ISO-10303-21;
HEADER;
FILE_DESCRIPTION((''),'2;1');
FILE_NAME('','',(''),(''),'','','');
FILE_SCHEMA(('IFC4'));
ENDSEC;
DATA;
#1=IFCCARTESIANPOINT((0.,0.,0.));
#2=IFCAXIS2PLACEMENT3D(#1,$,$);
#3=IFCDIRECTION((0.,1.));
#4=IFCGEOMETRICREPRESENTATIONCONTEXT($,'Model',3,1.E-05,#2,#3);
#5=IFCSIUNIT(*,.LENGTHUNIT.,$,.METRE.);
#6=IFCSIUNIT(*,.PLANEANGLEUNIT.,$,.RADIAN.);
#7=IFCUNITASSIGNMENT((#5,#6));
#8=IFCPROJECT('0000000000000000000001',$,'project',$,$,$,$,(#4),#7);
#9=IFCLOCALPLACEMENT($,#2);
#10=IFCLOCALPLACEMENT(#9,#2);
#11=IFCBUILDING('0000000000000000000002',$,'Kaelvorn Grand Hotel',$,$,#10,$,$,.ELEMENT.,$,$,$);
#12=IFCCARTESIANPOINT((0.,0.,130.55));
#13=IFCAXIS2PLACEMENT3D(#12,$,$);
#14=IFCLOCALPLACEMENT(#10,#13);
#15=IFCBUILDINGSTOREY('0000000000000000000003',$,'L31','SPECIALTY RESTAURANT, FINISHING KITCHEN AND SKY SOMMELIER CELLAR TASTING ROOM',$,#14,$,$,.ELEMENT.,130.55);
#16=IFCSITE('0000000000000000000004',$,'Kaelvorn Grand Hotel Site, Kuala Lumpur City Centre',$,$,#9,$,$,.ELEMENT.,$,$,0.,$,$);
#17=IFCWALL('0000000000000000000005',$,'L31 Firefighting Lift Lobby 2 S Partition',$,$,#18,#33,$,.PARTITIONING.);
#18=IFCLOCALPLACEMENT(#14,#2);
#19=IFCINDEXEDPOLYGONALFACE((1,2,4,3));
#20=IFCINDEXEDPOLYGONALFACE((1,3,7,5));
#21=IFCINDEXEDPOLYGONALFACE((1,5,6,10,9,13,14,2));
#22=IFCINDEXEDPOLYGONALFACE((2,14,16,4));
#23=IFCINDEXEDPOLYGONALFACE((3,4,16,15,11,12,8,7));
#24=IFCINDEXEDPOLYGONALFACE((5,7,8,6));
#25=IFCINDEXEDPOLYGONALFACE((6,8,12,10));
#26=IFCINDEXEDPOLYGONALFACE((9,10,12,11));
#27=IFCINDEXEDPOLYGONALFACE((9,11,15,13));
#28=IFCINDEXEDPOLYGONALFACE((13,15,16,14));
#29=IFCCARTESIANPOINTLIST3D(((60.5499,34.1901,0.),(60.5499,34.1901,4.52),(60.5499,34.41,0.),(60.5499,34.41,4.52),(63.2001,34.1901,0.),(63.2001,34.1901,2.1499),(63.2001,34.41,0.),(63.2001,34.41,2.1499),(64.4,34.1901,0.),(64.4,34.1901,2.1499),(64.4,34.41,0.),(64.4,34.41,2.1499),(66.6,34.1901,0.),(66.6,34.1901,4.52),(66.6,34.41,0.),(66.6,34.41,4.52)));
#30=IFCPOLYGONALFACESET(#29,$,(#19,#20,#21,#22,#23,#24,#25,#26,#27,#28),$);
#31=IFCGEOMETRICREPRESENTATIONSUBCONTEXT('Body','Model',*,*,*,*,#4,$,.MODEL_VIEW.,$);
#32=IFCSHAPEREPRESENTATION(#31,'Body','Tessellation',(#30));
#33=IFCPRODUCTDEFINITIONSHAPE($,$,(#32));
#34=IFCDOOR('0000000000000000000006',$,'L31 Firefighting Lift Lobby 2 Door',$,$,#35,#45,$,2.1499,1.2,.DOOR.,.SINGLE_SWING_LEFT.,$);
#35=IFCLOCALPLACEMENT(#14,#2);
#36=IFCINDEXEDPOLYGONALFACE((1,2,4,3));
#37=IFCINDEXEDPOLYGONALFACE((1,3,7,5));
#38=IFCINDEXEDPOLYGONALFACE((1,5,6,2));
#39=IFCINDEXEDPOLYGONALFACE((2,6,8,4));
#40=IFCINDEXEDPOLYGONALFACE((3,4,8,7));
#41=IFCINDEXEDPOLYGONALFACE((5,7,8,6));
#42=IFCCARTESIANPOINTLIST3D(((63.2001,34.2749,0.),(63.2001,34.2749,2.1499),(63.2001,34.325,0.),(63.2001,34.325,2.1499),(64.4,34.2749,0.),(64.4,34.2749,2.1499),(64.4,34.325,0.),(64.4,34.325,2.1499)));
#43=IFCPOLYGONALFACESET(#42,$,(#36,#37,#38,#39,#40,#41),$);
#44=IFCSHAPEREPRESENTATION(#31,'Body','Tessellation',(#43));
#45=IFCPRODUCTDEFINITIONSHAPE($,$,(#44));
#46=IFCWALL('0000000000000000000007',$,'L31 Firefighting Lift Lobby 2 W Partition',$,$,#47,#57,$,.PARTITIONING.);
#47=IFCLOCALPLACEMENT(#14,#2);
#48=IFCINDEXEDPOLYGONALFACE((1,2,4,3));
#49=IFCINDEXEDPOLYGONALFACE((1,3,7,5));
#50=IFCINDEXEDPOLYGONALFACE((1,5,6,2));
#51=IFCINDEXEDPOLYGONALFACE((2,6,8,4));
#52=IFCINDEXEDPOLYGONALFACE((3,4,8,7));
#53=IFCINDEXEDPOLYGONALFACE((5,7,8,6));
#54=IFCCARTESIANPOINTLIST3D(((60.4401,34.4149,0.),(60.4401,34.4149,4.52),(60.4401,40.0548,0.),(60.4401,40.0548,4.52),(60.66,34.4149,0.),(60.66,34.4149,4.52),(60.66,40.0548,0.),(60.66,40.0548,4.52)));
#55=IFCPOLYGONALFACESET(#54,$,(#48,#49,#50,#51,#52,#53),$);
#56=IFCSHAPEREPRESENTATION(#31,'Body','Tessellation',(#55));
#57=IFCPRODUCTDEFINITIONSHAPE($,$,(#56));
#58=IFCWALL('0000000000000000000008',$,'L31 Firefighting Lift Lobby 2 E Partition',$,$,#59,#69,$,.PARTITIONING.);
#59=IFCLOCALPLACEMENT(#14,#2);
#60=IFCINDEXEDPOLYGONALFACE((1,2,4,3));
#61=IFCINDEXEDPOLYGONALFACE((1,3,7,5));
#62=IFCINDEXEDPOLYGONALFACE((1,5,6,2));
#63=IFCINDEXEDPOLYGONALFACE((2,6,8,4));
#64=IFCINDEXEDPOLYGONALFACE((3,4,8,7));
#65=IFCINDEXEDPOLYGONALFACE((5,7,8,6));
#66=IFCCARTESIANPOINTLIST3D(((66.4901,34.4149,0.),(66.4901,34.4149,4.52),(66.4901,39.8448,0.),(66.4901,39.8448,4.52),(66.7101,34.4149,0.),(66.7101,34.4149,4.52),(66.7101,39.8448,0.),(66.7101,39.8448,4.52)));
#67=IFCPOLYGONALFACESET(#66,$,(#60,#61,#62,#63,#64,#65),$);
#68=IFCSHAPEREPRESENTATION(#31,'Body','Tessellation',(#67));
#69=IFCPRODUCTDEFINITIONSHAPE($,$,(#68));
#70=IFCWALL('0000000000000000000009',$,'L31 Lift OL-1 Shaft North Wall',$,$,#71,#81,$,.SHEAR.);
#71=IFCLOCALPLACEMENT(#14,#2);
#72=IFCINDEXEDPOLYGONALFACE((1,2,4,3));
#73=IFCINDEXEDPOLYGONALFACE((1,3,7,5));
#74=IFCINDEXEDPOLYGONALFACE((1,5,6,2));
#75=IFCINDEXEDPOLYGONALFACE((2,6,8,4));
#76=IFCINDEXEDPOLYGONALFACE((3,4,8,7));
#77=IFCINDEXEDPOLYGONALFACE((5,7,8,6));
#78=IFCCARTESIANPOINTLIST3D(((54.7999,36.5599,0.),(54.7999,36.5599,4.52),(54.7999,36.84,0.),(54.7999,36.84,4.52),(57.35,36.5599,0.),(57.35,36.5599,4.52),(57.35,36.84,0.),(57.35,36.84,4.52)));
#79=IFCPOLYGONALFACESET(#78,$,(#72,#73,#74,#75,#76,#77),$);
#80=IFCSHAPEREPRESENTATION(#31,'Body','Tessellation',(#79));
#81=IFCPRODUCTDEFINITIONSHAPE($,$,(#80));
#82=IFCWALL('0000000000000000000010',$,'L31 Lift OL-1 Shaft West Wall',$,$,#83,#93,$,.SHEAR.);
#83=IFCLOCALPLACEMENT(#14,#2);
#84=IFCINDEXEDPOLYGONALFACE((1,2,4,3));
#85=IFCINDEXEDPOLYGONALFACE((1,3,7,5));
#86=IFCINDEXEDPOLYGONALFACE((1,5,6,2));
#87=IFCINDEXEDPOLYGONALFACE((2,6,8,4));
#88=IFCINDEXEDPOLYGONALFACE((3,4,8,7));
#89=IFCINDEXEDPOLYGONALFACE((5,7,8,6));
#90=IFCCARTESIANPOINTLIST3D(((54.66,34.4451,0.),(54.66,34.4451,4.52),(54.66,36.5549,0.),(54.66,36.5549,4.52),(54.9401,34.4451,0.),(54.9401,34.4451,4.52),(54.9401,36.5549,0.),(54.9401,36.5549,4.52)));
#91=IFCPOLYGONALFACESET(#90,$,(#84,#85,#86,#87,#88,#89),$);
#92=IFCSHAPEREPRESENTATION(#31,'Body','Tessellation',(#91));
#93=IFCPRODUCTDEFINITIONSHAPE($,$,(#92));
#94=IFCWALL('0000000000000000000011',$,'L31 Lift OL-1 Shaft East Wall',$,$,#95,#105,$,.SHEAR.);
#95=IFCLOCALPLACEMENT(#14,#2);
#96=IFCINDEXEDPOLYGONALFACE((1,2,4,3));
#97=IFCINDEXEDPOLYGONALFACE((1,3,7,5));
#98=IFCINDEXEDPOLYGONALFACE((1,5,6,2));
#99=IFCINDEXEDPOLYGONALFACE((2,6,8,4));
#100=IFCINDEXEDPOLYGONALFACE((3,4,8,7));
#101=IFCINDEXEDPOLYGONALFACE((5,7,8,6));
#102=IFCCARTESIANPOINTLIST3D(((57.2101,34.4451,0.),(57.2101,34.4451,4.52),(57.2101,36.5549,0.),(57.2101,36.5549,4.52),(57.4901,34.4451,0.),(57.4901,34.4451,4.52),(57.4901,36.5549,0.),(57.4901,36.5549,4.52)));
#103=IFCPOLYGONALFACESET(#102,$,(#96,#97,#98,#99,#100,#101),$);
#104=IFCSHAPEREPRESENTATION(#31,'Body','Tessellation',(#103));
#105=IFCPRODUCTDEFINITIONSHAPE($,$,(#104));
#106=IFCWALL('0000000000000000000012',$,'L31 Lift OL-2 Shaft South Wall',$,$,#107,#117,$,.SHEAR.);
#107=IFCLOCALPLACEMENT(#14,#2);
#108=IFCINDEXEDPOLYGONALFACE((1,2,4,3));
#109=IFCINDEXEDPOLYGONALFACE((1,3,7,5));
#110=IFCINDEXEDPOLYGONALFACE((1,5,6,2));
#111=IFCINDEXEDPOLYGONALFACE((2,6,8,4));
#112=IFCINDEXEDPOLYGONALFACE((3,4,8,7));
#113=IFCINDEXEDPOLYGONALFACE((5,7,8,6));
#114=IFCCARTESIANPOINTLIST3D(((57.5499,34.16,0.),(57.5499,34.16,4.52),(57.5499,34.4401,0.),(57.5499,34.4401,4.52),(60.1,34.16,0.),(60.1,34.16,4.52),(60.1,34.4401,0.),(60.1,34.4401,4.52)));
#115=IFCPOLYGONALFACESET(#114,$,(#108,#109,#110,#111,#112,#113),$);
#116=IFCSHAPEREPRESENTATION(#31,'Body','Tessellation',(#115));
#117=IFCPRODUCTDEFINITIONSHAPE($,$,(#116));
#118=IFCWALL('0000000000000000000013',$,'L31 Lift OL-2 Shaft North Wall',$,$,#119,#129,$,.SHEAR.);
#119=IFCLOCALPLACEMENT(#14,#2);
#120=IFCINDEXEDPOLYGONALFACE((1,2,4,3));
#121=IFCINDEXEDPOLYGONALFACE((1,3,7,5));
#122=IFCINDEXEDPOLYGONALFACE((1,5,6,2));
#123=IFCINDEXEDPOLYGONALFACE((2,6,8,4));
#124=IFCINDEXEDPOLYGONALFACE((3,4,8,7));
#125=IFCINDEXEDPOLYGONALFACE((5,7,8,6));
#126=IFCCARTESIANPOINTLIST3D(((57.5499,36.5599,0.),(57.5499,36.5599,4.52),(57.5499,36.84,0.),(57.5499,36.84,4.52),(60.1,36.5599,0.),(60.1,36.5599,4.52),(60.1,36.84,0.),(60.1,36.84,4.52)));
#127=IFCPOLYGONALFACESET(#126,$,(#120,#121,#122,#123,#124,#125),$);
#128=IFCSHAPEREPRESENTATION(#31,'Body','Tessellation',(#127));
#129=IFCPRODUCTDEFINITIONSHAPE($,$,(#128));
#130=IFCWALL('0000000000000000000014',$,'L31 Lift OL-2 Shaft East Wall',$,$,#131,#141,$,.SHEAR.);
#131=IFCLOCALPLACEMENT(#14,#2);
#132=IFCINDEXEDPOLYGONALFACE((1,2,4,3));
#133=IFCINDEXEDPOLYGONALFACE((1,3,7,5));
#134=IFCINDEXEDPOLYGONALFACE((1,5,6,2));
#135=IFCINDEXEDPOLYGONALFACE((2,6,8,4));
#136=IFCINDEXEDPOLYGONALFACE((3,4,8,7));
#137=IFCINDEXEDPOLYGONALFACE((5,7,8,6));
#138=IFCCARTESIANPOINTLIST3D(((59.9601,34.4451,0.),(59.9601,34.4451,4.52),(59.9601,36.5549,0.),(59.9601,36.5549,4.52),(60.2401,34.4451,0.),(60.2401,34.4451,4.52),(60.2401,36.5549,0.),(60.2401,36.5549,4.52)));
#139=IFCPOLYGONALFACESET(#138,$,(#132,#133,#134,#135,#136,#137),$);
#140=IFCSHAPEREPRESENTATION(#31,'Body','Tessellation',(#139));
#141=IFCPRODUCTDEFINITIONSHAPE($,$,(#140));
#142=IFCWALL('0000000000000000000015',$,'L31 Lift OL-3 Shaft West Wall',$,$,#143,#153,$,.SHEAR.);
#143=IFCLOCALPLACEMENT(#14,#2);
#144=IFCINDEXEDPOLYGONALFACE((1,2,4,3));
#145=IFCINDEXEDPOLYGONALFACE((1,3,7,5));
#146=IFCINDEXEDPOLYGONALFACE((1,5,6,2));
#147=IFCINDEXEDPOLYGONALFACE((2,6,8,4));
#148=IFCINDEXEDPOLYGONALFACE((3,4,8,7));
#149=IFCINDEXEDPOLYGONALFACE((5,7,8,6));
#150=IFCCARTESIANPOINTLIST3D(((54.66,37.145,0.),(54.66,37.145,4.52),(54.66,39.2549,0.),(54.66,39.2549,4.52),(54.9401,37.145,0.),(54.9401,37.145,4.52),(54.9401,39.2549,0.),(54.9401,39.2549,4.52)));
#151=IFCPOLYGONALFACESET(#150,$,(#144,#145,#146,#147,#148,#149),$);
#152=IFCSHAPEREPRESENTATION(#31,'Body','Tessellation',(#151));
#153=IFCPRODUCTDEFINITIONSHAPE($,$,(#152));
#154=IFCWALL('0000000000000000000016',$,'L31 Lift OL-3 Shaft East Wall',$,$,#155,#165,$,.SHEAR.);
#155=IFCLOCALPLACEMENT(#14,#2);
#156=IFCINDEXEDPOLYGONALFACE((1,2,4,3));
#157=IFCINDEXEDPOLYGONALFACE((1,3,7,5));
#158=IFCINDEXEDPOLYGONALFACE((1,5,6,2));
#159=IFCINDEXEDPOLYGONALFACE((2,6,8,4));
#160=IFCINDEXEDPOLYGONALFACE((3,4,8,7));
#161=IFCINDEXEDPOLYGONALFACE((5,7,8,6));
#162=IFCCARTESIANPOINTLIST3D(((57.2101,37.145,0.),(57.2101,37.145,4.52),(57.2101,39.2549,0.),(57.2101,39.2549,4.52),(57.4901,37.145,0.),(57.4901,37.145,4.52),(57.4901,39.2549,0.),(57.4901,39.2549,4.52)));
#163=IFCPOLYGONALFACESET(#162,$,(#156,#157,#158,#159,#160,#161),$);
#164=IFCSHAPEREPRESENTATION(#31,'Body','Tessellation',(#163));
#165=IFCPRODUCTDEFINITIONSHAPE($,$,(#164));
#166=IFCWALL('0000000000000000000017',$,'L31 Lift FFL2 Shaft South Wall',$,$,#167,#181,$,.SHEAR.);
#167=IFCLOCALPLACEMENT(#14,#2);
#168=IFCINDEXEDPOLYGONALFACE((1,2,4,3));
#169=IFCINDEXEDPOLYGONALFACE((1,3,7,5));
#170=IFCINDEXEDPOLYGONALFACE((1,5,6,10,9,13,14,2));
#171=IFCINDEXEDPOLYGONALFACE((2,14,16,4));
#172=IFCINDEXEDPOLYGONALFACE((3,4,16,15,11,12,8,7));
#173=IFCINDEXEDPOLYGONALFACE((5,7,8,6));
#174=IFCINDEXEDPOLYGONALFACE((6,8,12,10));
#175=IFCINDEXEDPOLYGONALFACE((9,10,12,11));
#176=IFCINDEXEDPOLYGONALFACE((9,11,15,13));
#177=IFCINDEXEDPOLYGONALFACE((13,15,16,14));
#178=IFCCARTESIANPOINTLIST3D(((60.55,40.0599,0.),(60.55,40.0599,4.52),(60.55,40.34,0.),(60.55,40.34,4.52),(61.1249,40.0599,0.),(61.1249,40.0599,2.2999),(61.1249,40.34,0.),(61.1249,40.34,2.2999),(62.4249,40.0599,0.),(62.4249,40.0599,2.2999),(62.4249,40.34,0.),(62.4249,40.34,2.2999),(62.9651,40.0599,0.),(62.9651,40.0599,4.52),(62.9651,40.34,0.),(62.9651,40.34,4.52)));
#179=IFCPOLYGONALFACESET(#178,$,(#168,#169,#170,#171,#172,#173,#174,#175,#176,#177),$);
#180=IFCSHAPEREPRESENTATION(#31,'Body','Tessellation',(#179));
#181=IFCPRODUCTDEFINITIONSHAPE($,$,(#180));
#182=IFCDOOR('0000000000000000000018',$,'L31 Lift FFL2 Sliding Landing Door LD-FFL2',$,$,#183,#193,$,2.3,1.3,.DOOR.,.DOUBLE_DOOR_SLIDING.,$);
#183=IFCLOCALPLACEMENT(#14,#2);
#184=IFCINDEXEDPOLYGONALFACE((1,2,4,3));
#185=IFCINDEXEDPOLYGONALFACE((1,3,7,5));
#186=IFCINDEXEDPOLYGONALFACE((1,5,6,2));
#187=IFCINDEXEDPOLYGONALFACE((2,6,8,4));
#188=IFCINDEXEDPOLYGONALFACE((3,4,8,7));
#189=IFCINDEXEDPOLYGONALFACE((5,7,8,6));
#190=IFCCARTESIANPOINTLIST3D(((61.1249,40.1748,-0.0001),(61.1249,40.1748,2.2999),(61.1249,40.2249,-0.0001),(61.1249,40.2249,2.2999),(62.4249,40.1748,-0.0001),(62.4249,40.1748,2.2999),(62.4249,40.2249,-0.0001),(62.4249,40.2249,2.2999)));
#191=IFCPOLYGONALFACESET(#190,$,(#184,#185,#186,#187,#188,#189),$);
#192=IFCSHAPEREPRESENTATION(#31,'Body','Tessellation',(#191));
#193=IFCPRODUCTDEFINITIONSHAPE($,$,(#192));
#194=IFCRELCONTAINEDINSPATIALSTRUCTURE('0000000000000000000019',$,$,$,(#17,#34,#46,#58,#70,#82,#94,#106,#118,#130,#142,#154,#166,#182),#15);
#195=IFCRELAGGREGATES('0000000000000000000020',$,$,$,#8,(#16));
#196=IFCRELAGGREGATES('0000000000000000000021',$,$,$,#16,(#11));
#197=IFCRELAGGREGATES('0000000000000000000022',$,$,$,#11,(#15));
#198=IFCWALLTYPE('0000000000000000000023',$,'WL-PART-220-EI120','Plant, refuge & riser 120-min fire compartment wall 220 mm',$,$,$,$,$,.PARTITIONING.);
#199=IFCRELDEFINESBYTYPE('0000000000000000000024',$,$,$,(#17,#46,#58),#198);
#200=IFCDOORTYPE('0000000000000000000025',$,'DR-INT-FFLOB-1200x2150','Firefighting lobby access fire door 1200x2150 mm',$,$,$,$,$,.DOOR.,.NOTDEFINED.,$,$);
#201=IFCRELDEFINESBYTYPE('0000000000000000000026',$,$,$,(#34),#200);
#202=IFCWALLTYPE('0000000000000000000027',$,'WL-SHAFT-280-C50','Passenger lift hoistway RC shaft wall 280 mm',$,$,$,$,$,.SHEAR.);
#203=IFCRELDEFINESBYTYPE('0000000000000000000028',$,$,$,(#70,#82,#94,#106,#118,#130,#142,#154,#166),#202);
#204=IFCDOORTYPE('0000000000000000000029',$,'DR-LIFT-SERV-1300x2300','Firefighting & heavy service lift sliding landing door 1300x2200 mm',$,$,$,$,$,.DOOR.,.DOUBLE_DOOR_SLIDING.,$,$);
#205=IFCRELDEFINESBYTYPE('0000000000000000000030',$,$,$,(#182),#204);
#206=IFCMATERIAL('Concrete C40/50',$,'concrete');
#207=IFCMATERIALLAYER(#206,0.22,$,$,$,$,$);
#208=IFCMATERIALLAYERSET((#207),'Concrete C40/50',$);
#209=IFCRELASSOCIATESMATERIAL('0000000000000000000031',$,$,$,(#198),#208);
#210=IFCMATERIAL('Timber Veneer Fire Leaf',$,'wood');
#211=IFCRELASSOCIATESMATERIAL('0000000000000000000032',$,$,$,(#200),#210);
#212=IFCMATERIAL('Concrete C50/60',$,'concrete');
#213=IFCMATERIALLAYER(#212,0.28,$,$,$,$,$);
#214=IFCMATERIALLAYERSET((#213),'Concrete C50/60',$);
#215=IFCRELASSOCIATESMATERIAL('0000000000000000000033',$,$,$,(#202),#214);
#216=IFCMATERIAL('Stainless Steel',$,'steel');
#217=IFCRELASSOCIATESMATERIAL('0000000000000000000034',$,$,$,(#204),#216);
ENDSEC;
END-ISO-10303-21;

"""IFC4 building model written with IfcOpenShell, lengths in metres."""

from ifc_helpers import new_model, si_unit, direction, frame, frame_2d, origin, place, context, subcontext, project, spatial, rectangle, extrude, material, layer, layer_set, type_object, element, fill, save


model = new_model("IFC4")

# Units and contexts
model_context = context("Model", 3, precision=1e-05, world=origin(), true_north=direction((0.0, 1.0)))
body_context = subcontext(model_context, "Body", "Model", "MODEL_VIEW")
ifc_project = project(units=[si_unit("LENGTHUNIT", "METRE"), si_unit("PLANEANGLEUNIT", "RADIAN")], contexts=[model_context])

# Site, building, storey
site_placement = place(None, origin())
site = spatial("IfcSite", under=ifc_project, at=site_placement, Name="Kaelvorn Grand Hotel Site, Kuala Lumpur City Centre", CompositionType="ELEMENT", RefElevation=0.0)
building_placement = place(site_placement, origin())
building = spatial("IfcBuilding", under=site, at=building_placement, Name="Kaelvorn Grand Hotel", CompositionType="ELEMENT")
storey_placement = place(building_placement, frame((0.0, 0.0, 130.55)))
storey = spatial("IfcBuildingStorey", under=building, at=storey_placement, Name="L31", Description="SPECIALTY RESTAURANT, FINISHING KITCHEN AND SKY SOMMELIER CELLAR TASTING ROOM", CompositionType="ELEMENT", Elevation=130.55)

# Shared definitions
ifc_material_1 = material(Name="Timber Veneer Fire Leaf", Category="wood")

# Wall, opening, door
ifc_material_2 = material(Name="Concrete C40/50", Category="concrete")
ifc_layer_1 = layer(ifc_material_2, 0.22)
ifc_layer_set_1 = layer_set([ifc_layer_1], Name="Concrete C40/50")
wall_type_1 = type_object("IfcWallType", Name="WL-PART-220-EI120", Description="Plant, refuge & riser 120-min fire compartment wall 220 mm", PredefinedType="PARTITIONING", material=ifc_layer_set_1)
wall_1_placement = place(storey_placement, frame((60.55, 34.3, 0.0), z_axis=(0.0, 0.0, 1.0), x_axis=(1.0, 0.0, 0.0)))
wall_1 = element("IfcWall", 1, at=wall_1_placement, inside=storey, type_object=wall_type_1, Name="L31 Firefighting Lift Lobby 2 S Partition", PredefinedType="PARTITIONING", context=body_context, shape_type="SweptSolid", body=[
    extrude(rectangle(XDim=6.05, YDim=0.22, at=frame_2d((3.0249, 0.0))), origin(), (0.0, 0.0, 1.0), 4.52),
])
opening_1_placement = place(wall_1_placement, frame((2.6499, 0.0, 0.0)))
opening_1 = element("IfcOpeningElement", 2, at=opening_1_placement, cuts=wall_1, PredefinedType="OPENING", context=body_context, shape_type="SweptSolid", body=[
    extrude(rectangle(XDim=1.2, YDim=2.1499, at=frame_2d((0.6001, 1.075))), frame((0.0, 0.1201, 0.0), z_axis=(0.0, -1.0, 0.0), x_axis=(1.0, 0.0, 0.0)), (0.0, 0.0, 1.0), 0.24),
])
door_type_1 = type_object("IfcDoorType", Name="DR-INT-FFLOB-1200x2150", Description="Firefighting lobby access fire door 1200x2150 mm", OperationType="NOTDEFINED", PredefinedType="DOOR", material=ifc_material_1)
door_1_placement = place(opening_1_placement, origin())
door_1 = element("IfcDoor", 3, at=door_1_placement, inside=storey, type_object=door_type_1, Name="L31 Firefighting Lift Lobby 2 Door", OperationType="SINGLE_SWING_LEFT", OverallHeight=2.1499, OverallWidth=1.2, PredefinedType="DOOR", context=body_context, shape_type="SweptSolid", body=[
    extrude(rectangle(XDim=1.2, YDim=2.1499, at=frame_2d((0.6001, 1.075))), frame((0.0, 0.0249, 0.0), z_axis=(0.0, -1.0, 0.0), x_axis=(1.0, 0.0, 0.0)), (0.0, 0.0, 1.0), 0.05),
])
fill(opening_1, door_1)

# Walls
wall_2_placement = place(storey_placement, frame((60.55, 34.415, 0.0), z_axis=(0.0, 0.0, 1.0), x_axis=(0.0, 1.0, 0.0)))
element("IfcWall", 4, at=wall_2_placement, inside=storey, type_object=wall_type_1, Name="L31 Firefighting Lift Lobby 2 W Partition", PredefinedType="PARTITIONING", context=body_context, shape_type="SweptSolid", body=[
    extrude(rectangle(XDim=5.6399, YDim=0.22, at=frame_2d((2.8198, 0.0))), origin(), (0.0, 0.0, 1.0), 4.52),
])
wall_3_placement = place(storey_placement, frame((66.6001, 34.415, 0.0), z_axis=(0.0, 0.0, 1.0), x_axis=(0.0, 1.0, 0.0)))
element("IfcWall", 5, at=wall_3_placement, inside=storey, type_object=wall_type_1, Name="L31 Firefighting Lift Lobby 2 E Partition", PredefinedType="PARTITIONING", context=body_context, shape_type="SweptSolid", body=[
    extrude(rectangle(XDim=5.4299, YDim=0.22, at=frame_2d((2.7148, 0.0))), origin(), (0.0, 0.0, 1.0), 4.52),
])
ifc_material_3 = material(Name="Concrete C50/60", Category="concrete")
ifc_layer_2 = layer(ifc_material_3, 0.28)
ifc_layer_set_2 = layer_set([ifc_layer_2], Name="Concrete C50/60")
wall_type_2 = type_object("IfcWallType", Name="WL-SHAFT-280-C50", Description="Passenger lift hoistway RC shaft wall 280 mm", PredefinedType="SHEAR", material=ifc_layer_set_2)
wall_4_placement = place(storey_placement, frame((54.8, 36.7, 0.0), z_axis=(0.0, 0.0, 1.0), x_axis=(1.0, 0.0, 0.0)))
element("IfcWall", 6, at=wall_4_placement, inside=storey, type_object=wall_type_2, Name="L31 Lift OL-1 Shaft North Wall", PredefinedType="SHEAR", context=body_context, shape_type="SweptSolid", body=[
    extrude(rectangle(XDim=2.55, YDim=0.28, at=frame_2d((1.2749, 0.0))), origin(), (0.0, 0.0, 1.0), 4.52),
])
for number, where, z_axis, x_axis, name in (
    (7, (54.8, 34.4451, 0.0), (0.0, 0.0, 1.0), (0.0, 1.0, 0.0), "L31 Lift OL-1 Shaft West Wall"),
    (8, (57.3501, 34.4451, 0.0), (0.0, 0.0, 1.0), (0.0, 1.0, 0.0), "L31 Lift OL-1 Shaft East Wall"),
):
    element("IfcWall", number, at=place(storey_placement, frame(where, z_axis=z_axis, x_axis=x_axis)), inside=storey, type_object=wall_type_2, Name=name, PredefinedType="SHEAR", context=body_context, shape_type="SweptSolid", body=[
        extrude(rectangle(XDim=2.1099, YDim=0.28, at=frame_2d((1.0549, 0.0))), origin(), (0.0, 0.0, 1.0), 4.52),
    ])
for number, where, z_axis, x_axis, name in (
    (9, (57.55, 34.3, 0.0), (0.0, 0.0, 1.0), (1.0, 0.0, 0.0), "L31 Lift OL-2 Shaft South Wall"),
    (10, (57.55, 36.7, 0.0), (0.0, 0.0, 1.0), (1.0, 0.0, 0.0), "L31 Lift OL-2 Shaft North Wall"),
):
    element("IfcWall", number, at=place(storey_placement, frame(where, z_axis=z_axis, x_axis=x_axis)), inside=storey, type_object=wall_type_2, Name=name, PredefinedType="SHEAR", context=body_context, shape_type="SweptSolid", body=[
        extrude(rectangle(XDim=2.55, YDim=0.28, at=frame_2d((1.2749, 0.0))), origin(), (0.0, 0.0, 1.0), 4.52),
    ])
for number, where, z_axis, x_axis, name in (
    (11, (60.1001, 34.4451, 0.0), (0.0, 0.0, 1.0), (0.0, 1.0, 0.0), "L31 Lift OL-2 Shaft East Wall"),
    (12, (54.8, 37.145, 0.0), (0.0, 0.0, 1.0), (0.0, 1.0, 0.0), "L31 Lift OL-3 Shaft West Wall"),
    (13, (57.3501, 37.145, 0.0), (0.0, 0.0, 1.0), (0.0, 1.0, 0.0), "L31 Lift OL-3 Shaft East Wall"),
):
    element("IfcWall", number, at=place(storey_placement, frame(where, z_axis=z_axis, x_axis=x_axis)), inside=storey, type_object=wall_type_2, Name=name, PredefinedType="SHEAR", context=body_context, shape_type="SweptSolid", body=[
        extrude(rectangle(XDim=2.1099, YDim=0.28, at=frame_2d((1.0549, 0.0))), origin(), (0.0, 0.0, 1.0), 4.52),
    ])

# Wall, opening, door
wall_5_placement = place(storey_placement, frame((60.55, 40.2, 0.0), z_axis=(0.0, 0.0, 1.0), x_axis=(1.0, 0.0, 0.0)))
wall_5 = element("IfcWall", 14, at=wall_5_placement, inside=storey, type_object=wall_type_2, Name="L31 Lift FFL2 Shaft South Wall", PredefinedType="SHEAR", context=body_context, shape_type="SweptSolid", body=[
    extrude(rectangle(XDim=2.415, YDim=0.28, at=frame_2d((1.2075, 0.0))), origin(), (0.0, 0.0, 1.0), 4.52),
])
opening_2_placement = place(wall_5_placement, frame((0.575, 0.0, 0.0)))
opening_2 = element("IfcOpeningElement", 15, at=opening_2_placement, cuts=wall_5, PredefinedType="OPENING", context=body_context, shape_type="SweptSolid", body=[
    extrude(rectangle(XDim=1.3, YDim=2.3, at=frame_2d((0.6499, 1.1499))), frame((0.0, 0.1499, 0.0), z_axis=(0.0, -1.0, 0.0), x_axis=(1.0, 0.0, 0.0)), (0.0, 0.0, 1.0), 0.3),
])
ifc_material_4 = material(Name="Stainless Steel", Category="steel")
door_type_2 = type_object("IfcDoorType", Name="DR-LIFT-SERV-1300x2300", Description="Firefighting & heavy service lift sliding landing door 1300x2200 mm", OperationType="DOUBLE_DOOR_SLIDING", PredefinedType="DOOR", material=ifc_material_4)
door_2_placement = place(opening_2_placement, origin())
door_2 = element("IfcDoor", 16, at=door_2_placement, inside=storey, type_object=door_type_2, Name="L31 Lift FFL2 Sliding Landing Door LD-FFL2", OperationType="DOUBLE_DOOR_SLIDING", OverallHeight=2.3, OverallWidth=1.3, PredefinedType="DOOR", context=body_context, shape_type="SweptSolid", body=[
    extrude(rectangle(XDim=1.3, YDim=2.3, at=frame_2d((0.6499, 1.1499))), frame((0.0, 0.0249, 0.0), z_axis=(0.0, -1.0, 0.0), x_axis=(1.0, 0.0, 0.0)), (0.0, 0.0, 1.0), 0.05),
])
fill(opening_2, door_2)

save(model, "model.ifc")
